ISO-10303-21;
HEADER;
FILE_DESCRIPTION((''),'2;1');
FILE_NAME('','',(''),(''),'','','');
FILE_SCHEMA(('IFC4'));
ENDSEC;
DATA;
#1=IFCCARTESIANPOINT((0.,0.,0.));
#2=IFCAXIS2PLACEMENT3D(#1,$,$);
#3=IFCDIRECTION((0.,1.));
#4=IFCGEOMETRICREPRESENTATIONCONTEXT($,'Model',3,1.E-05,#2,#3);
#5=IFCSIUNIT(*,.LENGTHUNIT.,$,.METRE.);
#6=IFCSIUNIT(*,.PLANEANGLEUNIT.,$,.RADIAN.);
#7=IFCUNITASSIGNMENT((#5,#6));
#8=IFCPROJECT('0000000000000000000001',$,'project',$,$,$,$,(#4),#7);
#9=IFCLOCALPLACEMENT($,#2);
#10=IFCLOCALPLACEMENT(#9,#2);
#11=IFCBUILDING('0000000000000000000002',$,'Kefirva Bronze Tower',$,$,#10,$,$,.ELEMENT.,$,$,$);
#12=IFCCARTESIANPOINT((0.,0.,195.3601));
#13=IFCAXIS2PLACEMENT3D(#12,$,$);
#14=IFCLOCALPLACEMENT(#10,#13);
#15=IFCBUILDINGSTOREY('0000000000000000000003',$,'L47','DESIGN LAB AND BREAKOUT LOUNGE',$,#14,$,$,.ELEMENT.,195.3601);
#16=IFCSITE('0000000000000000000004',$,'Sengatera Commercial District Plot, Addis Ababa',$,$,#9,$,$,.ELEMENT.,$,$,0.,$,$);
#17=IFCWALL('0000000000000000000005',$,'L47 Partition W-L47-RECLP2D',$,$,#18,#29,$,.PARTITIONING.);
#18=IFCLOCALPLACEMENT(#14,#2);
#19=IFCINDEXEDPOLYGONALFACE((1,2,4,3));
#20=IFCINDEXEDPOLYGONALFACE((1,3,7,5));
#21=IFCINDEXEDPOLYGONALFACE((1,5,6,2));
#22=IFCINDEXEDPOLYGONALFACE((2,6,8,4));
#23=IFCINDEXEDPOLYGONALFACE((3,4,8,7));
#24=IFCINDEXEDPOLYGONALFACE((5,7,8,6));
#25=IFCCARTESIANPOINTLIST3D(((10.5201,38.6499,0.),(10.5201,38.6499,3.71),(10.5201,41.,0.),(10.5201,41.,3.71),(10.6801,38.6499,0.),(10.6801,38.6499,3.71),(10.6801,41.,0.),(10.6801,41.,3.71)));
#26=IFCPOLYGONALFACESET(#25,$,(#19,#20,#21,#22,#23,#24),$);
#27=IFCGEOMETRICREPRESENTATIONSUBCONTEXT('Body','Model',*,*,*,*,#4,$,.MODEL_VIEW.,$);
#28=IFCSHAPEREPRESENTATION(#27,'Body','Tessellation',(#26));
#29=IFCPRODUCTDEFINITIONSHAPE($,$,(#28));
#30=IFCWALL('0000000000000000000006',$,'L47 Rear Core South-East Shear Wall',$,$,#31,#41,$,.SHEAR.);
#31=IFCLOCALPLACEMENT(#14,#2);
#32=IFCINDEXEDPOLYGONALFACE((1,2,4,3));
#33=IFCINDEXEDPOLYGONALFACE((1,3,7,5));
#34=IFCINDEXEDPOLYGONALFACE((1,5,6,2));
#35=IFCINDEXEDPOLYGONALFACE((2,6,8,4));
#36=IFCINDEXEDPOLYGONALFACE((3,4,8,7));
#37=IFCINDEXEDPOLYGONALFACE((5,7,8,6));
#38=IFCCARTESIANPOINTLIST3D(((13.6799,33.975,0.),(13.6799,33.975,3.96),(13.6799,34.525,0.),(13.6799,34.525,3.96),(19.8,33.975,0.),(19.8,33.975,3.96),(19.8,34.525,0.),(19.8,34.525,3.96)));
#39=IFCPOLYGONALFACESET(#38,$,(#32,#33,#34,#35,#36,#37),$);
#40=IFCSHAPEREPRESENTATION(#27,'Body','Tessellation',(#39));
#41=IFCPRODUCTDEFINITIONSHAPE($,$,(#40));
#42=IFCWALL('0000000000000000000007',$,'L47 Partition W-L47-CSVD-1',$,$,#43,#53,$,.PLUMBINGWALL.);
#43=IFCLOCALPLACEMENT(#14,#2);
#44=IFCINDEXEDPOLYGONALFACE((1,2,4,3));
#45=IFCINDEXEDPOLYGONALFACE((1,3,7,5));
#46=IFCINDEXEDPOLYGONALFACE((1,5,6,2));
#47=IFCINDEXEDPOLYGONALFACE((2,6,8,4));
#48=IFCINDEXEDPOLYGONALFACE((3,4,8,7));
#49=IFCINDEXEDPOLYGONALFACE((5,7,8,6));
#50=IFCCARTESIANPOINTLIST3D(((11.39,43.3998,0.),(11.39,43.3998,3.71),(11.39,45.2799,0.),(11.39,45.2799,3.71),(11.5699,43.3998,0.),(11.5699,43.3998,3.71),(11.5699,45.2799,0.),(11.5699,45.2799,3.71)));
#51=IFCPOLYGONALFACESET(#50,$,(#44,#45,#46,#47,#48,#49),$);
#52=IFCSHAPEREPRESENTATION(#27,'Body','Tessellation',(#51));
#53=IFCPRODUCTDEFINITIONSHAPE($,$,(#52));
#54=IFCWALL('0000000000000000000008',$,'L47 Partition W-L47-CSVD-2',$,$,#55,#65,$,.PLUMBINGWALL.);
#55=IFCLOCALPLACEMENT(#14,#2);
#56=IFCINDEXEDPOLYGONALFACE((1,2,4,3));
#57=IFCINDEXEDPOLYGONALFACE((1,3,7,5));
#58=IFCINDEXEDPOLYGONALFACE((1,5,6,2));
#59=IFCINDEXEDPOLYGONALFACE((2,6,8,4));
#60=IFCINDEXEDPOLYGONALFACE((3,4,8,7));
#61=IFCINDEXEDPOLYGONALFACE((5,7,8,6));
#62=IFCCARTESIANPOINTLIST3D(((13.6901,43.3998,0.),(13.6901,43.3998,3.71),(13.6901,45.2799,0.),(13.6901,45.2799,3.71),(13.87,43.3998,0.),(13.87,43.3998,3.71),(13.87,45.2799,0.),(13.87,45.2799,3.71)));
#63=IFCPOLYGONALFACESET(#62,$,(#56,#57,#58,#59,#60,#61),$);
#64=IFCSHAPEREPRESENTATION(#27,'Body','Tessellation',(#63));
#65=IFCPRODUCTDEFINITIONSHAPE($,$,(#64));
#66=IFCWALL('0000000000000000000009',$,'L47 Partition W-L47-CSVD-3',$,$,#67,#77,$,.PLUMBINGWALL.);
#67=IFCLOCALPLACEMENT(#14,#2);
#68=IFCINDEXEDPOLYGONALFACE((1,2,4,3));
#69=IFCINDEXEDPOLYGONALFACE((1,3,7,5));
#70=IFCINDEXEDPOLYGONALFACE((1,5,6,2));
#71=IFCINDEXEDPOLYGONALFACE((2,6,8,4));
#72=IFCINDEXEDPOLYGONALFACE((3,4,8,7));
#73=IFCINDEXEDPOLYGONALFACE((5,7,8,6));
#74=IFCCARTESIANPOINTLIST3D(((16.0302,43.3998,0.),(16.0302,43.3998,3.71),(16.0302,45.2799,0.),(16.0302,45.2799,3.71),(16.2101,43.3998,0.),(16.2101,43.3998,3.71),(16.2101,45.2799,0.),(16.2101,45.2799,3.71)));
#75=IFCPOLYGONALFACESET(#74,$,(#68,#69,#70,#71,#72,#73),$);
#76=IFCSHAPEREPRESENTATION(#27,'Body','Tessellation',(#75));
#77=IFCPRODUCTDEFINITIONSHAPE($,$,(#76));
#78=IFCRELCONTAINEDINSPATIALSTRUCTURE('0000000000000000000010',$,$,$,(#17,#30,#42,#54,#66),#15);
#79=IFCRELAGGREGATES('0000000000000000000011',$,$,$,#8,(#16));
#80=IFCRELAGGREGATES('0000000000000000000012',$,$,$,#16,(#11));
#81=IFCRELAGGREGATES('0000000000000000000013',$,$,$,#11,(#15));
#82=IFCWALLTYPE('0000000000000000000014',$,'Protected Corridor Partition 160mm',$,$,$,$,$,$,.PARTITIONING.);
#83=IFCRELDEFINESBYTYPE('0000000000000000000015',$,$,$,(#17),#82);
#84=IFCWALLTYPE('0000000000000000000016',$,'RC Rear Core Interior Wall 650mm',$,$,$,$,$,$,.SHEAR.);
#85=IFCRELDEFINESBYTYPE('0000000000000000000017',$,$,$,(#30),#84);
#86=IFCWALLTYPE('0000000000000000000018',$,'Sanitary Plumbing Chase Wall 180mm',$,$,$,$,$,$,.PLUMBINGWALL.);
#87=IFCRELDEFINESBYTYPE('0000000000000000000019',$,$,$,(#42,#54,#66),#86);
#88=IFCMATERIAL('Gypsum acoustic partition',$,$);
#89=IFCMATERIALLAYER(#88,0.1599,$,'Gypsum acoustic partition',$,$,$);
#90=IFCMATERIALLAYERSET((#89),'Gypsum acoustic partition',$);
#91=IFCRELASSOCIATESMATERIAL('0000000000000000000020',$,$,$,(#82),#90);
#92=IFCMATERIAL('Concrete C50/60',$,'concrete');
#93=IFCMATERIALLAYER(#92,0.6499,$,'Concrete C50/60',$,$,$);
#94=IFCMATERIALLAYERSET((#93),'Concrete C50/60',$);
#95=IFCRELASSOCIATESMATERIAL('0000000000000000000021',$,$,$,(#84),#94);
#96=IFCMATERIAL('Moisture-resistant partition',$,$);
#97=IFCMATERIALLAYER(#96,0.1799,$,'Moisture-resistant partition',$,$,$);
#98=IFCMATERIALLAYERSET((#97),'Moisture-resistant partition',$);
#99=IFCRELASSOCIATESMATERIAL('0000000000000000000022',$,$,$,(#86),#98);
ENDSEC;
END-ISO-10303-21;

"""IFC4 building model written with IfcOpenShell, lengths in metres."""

from ifc_helpers import new_model, si_unit, direction, frame, frame_2d, origin, place, context, subcontext, project, spatial, rectangle, extrude, material, layer, layer_set, type_object, element, save


model = new_model("IFC4")

# Units and contexts
model_context = context("Model", 3, precision=1e-05, world=origin(), true_north=direction((0.0, 1.0)))
body_context = subcontext(model_context, "Body", "Model", "MODEL_VIEW")
ifc_project = project(units=[si_unit("LENGTHUNIT", "METRE"), si_unit("PLANEANGLEUNIT", "RADIAN")], contexts=[model_context])

# Site, building, storey
site_placement = place(None, origin())
site = spatial("IfcSite", under=ifc_project, at=site_placement, Name="Sengatera Commercial District Plot, Addis Ababa", CompositionType="ELEMENT", RefElevation=0.0)
building_placement = place(site_placement, origin())
building = spatial("IfcBuilding", under=site, at=building_placement, Name="Kefirva Bronze Tower", CompositionType="ELEMENT")
storey_placement = place(building_placement, frame((0.0, 0.0, 195.3601)))
storey = spatial("IfcBuildingStorey", under=building, at=storey_placement, Name="L47", Description="DESIGN LAB AND BREAKOUT LOUNGE", CompositionType="ELEMENT", Elevation=195.3601)

# Shared definitions
ifc_material_1 = material(Name="Concrete C50/60", Category="concrete")

# Shared definitions
ifc_material_2 = material(Name="Gypsum acoustic partition")
ifc_layer_1 = layer(ifc_material_2, 0.1599, Name="Gypsum acoustic partition")
ifc_layer_set_1 = layer_set([ifc_layer_1], Name="Gypsum acoustic partition")
wall_type_1 = type_object("IfcWallType", Name="Protected Corridor Partition 160mm", PredefinedType="PARTITIONING", material=ifc_layer_set_1)

# Walls
wall_1_placement = place(storey_placement, frame((10.6001, 38.6499, 0.0), z_axis=(0.0, 0.0, 1.0), x_axis=(0.0, 1.0, 0.0)))
element("IfcWall", 1, at=wall_1_placement, inside=storey, type_object=wall_type_1, Name="L47 Partition W-L47-RECLP2D", PredefinedType="PARTITIONING", context=body_context, shape_type="SweptSolid", body=[
    extrude(rectangle(XDim=2.3501, YDim=0.1599, at=frame_2d((1.175, 0.0))), origin(), (0.0, 0.0, 1.0), 3.71),
])
ifc_layer_2 = layer(ifc_material_1, 0.6499, Name="Concrete C50/60")
ifc_layer_set_2 = layer_set([ifc_layer_2], Name="Concrete C50/60")
wall_type_2 = type_object("IfcWallType", Name="RC Rear Core Interior Wall 650mm", PredefinedType="SHEAR", material=ifc_layer_set_2)
wall_2_placement = place(storey_placement, frame((13.6799, 34.25, 0.0), z_axis=(0.0, 0.0, 1.0), x_axis=(1.0, 0.0, 0.0)))
element("IfcWall", 2, at=wall_2_placement, inside=storey, type_object=wall_type_2, Name="L47 Rear Core South-East Shear Wall", PredefinedType="SHEAR", context=body_context, shape_type="SweptSolid", body=[
    extrude(rectangle(XDim=6.1201, YDim=0.55, at=frame_2d((3.0601, 0.0))), origin(), (0.0, 0.0, 1.0), 3.96),
])
ifc_material_3 = material(Name="Moisture-resistant partition")
ifc_layer_3 = layer(ifc_material_3, 0.1799, Name="Moisture-resistant partition")
ifc_layer_set_3 = layer_set([ifc_layer_3], Name="Moisture-resistant partition")
wall_type_3 = type_object("IfcWallType", Name="Sanitary Plumbing Chase Wall 180mm", PredefinedType="PLUMBINGWALL", material=ifc_layer_set_3)
for number, where, z_axis, x_axis, name in (
    (3, (11.48, 43.3999, 0.0), (0.0, 0.0, 1.0), (0.0, 1.0, 0.0), "L47 Partition W-L47-CSVD-1"),
    (4, (13.78, 43.3999, 0.0), (0.0, 0.0, 1.0), (0.0, 1.0, 0.0), "L47 Partition W-L47-CSVD-2"),
    (5, (16.1201, 43.3999, 0.0), (0.0, 0.0, 1.0), (0.0, 1.0, 0.0), "L47 Partition W-L47-CSVD-3"),
):
    element("IfcWall", number, at=place(storey_placement, frame(where, z_axis=z_axis, x_axis=x_axis)), inside=storey, type_object=wall_type_3, Name=name, PredefinedType="PLUMBINGWALL", context=body_context, shape_type="SweptSolid", body=[
        extrude(rectangle(XDim=1.8801, YDim=0.1799, at=frame_2d((0.9399, 0.0))), origin(), (0.0, 0.0, 1.0), 3.71),
    ])

save(model, "model.ifc")
